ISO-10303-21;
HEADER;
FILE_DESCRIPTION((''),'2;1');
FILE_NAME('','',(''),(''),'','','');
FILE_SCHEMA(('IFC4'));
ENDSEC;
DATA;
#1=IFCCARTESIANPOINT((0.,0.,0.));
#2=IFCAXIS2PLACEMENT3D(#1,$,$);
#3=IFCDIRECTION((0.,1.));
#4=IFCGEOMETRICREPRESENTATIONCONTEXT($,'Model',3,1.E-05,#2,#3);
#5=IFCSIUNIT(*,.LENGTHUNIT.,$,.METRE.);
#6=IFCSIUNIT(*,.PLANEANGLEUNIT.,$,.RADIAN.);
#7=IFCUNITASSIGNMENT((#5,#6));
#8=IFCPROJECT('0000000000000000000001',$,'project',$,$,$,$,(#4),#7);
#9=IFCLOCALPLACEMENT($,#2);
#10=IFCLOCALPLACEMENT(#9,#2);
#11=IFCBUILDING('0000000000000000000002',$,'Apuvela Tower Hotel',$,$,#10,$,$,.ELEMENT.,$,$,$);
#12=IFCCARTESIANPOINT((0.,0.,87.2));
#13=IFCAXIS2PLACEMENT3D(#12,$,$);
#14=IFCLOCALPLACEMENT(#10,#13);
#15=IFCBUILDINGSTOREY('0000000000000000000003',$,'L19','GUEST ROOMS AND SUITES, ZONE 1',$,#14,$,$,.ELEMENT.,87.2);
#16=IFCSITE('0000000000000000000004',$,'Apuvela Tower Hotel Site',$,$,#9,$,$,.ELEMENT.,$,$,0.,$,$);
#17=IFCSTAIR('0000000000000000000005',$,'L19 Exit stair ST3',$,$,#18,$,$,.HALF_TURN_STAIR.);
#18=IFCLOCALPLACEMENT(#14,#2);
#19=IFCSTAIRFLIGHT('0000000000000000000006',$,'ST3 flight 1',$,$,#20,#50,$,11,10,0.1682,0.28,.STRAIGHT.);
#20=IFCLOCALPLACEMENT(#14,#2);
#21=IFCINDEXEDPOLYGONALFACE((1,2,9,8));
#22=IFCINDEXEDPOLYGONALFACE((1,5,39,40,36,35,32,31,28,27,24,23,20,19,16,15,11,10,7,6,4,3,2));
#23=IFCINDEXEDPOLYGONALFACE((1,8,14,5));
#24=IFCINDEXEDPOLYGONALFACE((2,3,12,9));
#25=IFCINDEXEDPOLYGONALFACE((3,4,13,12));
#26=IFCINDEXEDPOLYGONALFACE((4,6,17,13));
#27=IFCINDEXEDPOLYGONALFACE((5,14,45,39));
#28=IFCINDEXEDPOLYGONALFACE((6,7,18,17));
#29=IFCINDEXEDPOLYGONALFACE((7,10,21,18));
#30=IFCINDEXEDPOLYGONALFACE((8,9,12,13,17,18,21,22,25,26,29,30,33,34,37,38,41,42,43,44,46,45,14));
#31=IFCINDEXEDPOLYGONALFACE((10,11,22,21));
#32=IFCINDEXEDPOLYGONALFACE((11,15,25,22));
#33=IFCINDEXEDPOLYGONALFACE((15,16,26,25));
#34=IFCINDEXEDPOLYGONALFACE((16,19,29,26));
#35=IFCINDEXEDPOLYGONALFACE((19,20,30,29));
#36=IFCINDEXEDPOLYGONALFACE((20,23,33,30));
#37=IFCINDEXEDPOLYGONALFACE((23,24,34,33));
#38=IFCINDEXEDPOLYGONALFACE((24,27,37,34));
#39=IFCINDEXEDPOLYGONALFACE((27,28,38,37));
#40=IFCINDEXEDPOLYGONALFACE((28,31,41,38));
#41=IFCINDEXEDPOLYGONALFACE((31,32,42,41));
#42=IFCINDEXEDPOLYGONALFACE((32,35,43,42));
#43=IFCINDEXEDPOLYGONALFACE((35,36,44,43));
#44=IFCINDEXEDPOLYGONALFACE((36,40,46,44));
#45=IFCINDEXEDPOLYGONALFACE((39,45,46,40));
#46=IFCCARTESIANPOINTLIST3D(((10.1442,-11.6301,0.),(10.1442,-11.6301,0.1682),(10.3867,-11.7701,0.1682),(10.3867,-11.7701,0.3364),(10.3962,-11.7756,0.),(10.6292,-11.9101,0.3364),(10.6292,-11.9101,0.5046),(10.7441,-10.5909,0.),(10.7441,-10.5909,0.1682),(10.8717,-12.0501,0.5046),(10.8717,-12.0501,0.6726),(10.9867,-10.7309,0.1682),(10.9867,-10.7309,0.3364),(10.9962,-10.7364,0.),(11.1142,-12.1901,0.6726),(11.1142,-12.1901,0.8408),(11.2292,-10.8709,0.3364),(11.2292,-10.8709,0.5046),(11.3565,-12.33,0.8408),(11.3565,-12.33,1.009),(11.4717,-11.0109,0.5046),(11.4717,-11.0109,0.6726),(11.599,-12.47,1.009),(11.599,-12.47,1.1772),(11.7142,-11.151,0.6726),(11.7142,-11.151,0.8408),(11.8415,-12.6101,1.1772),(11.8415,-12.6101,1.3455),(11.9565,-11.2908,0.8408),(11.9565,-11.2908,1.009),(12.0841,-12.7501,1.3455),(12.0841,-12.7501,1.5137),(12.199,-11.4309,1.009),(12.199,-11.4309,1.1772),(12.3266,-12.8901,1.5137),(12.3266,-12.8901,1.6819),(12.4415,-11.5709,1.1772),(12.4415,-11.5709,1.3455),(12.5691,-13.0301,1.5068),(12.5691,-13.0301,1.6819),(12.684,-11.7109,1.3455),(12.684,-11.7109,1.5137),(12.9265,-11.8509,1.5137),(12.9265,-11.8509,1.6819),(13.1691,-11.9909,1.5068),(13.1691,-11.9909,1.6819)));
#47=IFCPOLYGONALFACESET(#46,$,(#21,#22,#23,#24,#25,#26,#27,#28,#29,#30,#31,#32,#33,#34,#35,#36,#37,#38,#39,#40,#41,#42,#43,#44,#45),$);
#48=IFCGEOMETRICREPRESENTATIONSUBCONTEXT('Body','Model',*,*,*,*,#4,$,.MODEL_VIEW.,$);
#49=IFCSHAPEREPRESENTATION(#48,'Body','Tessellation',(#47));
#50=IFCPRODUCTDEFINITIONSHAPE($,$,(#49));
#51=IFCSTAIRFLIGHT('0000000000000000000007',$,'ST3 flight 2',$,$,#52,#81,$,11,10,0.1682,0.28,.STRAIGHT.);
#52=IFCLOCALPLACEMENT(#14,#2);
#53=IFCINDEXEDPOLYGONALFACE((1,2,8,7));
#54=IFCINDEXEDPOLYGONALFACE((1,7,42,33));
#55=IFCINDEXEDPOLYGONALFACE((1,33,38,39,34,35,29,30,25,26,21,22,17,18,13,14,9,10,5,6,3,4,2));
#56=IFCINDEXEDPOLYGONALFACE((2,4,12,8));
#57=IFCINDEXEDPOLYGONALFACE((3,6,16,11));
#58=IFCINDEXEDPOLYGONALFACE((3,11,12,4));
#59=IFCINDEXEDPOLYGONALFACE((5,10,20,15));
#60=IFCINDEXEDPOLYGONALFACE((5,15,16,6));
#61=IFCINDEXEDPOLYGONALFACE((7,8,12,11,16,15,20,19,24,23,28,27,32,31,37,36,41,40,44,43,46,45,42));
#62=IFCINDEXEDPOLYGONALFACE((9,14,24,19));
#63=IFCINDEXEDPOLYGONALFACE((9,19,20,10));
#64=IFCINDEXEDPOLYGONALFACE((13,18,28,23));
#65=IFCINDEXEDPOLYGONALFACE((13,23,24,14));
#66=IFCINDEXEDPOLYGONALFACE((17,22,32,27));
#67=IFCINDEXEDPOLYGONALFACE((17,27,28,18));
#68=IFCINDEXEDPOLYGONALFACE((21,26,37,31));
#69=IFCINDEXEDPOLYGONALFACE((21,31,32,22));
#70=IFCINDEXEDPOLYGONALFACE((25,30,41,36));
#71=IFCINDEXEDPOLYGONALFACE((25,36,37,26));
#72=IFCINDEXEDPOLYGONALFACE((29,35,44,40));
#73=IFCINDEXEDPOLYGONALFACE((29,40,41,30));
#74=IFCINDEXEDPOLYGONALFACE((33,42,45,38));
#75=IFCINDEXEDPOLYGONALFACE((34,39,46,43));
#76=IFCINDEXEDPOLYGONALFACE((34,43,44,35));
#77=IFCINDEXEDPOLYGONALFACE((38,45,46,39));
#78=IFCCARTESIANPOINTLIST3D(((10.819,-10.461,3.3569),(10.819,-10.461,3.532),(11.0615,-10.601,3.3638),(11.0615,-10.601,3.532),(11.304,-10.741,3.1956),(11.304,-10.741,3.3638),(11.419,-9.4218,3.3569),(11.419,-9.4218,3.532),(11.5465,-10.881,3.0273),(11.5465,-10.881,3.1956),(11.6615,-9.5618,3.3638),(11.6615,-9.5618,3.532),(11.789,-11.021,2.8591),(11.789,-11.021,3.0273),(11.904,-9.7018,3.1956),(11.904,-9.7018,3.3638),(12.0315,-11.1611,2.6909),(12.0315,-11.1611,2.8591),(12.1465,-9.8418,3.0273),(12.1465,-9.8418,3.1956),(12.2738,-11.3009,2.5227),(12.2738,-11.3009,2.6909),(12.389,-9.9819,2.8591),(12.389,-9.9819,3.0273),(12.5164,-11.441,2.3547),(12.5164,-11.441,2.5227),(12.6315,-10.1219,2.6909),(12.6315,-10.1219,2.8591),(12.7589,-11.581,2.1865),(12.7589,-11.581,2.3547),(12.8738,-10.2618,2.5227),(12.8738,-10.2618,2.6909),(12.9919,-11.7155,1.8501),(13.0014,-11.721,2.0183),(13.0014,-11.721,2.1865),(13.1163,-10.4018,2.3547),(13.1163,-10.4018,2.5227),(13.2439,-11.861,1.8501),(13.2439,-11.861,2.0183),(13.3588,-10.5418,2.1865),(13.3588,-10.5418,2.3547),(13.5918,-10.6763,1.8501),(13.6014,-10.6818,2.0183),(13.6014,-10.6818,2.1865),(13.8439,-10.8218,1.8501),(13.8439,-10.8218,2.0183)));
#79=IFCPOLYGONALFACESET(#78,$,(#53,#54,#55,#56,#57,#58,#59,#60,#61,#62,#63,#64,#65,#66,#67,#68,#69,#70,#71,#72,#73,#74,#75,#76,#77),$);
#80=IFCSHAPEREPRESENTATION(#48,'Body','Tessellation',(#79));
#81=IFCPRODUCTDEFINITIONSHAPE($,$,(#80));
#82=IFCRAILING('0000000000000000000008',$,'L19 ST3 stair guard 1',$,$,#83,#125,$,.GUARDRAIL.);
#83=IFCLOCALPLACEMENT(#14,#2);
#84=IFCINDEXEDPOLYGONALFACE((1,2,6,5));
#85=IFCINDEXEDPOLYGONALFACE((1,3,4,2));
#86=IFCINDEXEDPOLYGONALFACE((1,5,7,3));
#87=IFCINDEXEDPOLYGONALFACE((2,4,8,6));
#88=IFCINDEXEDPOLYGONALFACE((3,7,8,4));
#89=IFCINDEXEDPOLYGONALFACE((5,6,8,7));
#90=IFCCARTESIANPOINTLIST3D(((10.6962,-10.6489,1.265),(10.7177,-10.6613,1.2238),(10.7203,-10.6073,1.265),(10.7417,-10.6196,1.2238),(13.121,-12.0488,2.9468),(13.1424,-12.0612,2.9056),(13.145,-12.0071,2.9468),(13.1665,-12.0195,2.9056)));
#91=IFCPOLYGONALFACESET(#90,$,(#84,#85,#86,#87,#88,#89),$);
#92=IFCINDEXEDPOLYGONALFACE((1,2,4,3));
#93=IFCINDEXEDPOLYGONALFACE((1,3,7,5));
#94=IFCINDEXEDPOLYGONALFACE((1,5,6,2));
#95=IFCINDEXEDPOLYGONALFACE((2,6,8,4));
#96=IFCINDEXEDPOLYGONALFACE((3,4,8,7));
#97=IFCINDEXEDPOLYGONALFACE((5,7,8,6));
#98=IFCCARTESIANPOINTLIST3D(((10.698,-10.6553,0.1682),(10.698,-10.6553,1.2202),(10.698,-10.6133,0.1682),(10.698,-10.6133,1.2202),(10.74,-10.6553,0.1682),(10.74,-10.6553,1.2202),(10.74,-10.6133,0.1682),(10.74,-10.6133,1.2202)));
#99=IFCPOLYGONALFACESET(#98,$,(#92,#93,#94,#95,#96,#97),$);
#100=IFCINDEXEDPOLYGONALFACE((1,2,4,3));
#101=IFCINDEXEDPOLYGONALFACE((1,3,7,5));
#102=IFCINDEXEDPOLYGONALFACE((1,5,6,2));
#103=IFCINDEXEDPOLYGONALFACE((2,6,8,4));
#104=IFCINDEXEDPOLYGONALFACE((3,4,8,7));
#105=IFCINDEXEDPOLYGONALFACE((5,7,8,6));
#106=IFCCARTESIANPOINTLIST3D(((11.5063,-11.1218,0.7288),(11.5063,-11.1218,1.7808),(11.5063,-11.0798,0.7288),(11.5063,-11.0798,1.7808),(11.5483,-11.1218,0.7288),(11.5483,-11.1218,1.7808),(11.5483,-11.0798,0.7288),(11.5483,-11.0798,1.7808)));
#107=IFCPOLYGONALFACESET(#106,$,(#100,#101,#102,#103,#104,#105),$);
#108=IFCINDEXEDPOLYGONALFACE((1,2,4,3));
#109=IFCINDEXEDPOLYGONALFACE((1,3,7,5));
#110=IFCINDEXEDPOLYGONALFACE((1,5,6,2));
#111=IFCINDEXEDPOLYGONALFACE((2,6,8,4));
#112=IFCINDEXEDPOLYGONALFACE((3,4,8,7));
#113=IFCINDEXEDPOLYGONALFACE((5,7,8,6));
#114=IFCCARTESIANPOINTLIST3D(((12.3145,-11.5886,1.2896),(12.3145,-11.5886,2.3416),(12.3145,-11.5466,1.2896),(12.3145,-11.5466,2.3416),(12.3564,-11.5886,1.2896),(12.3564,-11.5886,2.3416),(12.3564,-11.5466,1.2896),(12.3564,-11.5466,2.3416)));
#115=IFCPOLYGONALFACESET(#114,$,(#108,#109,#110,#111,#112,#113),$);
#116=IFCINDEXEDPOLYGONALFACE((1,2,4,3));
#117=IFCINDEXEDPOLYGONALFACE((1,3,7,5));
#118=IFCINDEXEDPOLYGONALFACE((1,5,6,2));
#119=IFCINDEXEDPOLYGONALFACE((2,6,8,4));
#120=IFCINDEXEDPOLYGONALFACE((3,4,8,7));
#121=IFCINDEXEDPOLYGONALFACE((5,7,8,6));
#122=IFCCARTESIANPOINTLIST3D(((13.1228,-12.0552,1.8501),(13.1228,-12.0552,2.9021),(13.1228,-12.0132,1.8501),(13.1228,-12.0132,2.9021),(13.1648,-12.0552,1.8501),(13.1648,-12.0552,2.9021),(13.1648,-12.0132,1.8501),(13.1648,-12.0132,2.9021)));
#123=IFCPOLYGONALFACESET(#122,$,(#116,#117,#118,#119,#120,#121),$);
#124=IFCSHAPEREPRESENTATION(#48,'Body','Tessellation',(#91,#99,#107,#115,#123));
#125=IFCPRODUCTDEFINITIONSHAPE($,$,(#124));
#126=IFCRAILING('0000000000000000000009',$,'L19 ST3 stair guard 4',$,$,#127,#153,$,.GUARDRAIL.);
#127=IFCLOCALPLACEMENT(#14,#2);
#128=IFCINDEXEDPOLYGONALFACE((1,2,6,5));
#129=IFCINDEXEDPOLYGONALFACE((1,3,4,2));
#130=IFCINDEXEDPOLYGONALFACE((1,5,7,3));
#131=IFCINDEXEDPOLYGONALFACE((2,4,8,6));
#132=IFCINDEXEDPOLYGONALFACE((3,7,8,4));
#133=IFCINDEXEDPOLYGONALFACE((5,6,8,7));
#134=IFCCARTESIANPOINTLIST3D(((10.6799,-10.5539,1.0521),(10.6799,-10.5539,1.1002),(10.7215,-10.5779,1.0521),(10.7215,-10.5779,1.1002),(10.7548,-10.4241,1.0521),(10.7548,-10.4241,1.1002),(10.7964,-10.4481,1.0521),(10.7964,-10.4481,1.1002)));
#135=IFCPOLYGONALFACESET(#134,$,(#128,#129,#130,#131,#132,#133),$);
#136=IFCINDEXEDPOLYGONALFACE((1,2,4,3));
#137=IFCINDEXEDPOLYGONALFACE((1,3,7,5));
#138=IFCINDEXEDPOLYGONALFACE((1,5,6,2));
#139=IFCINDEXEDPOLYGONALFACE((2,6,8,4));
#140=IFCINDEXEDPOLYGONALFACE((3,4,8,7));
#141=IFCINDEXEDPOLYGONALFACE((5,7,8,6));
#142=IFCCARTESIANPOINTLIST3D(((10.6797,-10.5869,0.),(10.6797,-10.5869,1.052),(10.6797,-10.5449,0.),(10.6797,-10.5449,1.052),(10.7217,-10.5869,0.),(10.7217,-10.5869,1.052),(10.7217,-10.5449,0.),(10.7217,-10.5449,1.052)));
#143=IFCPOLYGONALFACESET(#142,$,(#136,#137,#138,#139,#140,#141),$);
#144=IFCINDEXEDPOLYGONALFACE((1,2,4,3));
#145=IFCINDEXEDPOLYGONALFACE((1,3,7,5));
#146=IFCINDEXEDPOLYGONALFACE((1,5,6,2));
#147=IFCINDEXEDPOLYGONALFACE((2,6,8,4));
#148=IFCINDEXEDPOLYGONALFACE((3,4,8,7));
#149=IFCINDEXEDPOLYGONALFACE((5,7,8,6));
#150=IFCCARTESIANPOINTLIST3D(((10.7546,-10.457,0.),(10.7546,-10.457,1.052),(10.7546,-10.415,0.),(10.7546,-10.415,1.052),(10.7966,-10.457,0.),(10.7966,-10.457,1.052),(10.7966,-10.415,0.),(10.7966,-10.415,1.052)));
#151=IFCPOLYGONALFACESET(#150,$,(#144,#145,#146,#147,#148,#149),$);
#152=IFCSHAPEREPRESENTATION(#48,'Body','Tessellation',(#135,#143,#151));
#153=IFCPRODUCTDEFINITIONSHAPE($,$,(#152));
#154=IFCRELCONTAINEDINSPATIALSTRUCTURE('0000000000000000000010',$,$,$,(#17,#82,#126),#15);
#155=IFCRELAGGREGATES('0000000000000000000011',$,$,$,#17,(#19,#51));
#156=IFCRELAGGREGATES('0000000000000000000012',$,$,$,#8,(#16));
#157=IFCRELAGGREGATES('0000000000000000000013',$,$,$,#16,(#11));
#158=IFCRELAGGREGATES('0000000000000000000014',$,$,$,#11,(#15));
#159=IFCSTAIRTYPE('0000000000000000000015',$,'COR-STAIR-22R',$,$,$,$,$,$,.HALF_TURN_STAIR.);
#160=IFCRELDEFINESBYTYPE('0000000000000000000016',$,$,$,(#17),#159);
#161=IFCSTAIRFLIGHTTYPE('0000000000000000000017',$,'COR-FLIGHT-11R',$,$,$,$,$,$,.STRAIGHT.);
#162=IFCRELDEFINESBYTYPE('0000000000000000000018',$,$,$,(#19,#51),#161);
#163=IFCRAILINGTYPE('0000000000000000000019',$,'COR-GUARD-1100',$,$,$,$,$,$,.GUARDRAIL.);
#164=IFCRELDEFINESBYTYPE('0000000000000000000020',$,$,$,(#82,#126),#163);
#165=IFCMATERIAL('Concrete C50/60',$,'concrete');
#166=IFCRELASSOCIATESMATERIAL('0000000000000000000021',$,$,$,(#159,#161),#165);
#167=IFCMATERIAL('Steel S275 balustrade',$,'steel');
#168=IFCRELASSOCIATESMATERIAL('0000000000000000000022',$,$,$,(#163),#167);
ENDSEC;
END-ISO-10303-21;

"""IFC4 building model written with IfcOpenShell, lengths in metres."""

from ifc_helpers import new_model, si_unit, direction, frame, origin, origin_2d, place, context, subcontext, project, spatial, polyline, rectangle, outline, extrude, material, type_object, element, aggregate, save


model = new_model("IFC4")

# Units and contexts
model_context = context("Model", 3, precision=1e-05, world=origin(), true_north=direction((0.0, 1.0)))
body_context = subcontext(model_context, "Body", "Model", "MODEL_VIEW")
ifc_project = project(units=[si_unit("LENGTHUNIT", "METRE"), si_unit("PLANEANGLEUNIT", "RADIAN")], contexts=[model_context])

# Site, building, storey
site_placement = place(None, origin())
site = spatial("IfcSite", under=ifc_project, at=site_placement, Name="Apuvela Tower Hotel Site", CompositionType="ELEMENT", RefElevation=0.0)
building_placement = place(site_placement, origin())
building = spatial("IfcBuilding", under=site, at=building_placement, Name="Apuvela Tower Hotel", CompositionType="ELEMENT")
storey_placement = place(building_placement, frame((0.0, 0.0, 87.2)))
storey = spatial("IfcBuildingStorey", under=building, at=storey_placement, Name="L19", Description="GUEST ROOMS AND SUITES, ZONE 1", CompositionType="ELEMENT", Elevation=87.2)

# Shared definitions
ifc_material_1 = material(Name="Concrete C50/60", Category="concrete")

# Stair, stair flights
stair_type = type_object("IfcStairType", Name="COR-STAIR-22R", PredefinedType="HALF_TURN_STAIR", material=ifc_material_1)
stair_placement = place(storey_placement, origin())
stair = element("IfcStair", 1, at=stair_placement, inside=storey, type_object=stair_type, Name="L19 Exit stair ST3", PredefinedType="HALF_TURN_STAIR")
stair_flight_type = type_object("IfcStairFlightType", Name="COR-FLIGHT-11R", PredefinedType="STRAIGHT", material=ifc_material_1)
stair_flight_1_placement = place(storey_placement, frame((10.4441, -11.1106, 0.0), z_axis=(0.0, 0.0, 1.0), x_axis=(0.866025, -0.5, 0.0)))
stair_flight_1 = element("IfcStairFlight", 2, at=stair_flight_1_placement, type_object=stair_flight_type, Name="ST3 flight 1", NumberOfRisers=11, NumberOfTreads=10, PredefinedType="STRAIGHT", RiserHeight=0.1682, TreadLength=0.28, context=body_context, shape_type="SweptSolid", body=[
    extrude(outline(polyline([(0.0, 0.0), (0.0, 0.1682), (0.28, 0.1682), (0.28, 0.3364), (0.5601, 0.3364), (0.5601, 0.5046), (0.8401, 0.5046), (0.8401, 0.6726), (1.1201, 0.6726), (1.1201, 0.8408), (1.3999, 0.8408), (1.3999, 1.009), (1.6799, 1.009), (1.6799, 1.1772), (1.96, 1.1772), (1.96, 1.3455), (2.24, 1.3455), (2.24, 1.5137), (2.52, 1.5137), (2.52, 1.6819), (2.8, 1.6819), (2.8, 1.8501), (2.8, 1.5068), (0.291, 0.0), (0.0, 0.0)])), frame((0.0, 0.6001, 0.0), z_axis=(0.0, -1.0, 0.0), x_axis=(1.0, 0.0, 0.0)), (0.0, 0.0, 1.0), 1.2),
])
stair_flight_2_placement = place(storey_placement, frame((13.5439, -11.3413, 1.8501), z_axis=(0.0, 0.0, 1.0), x_axis=(-0.866025, 0.5, 0.0)))
stair_flight_2 = element("IfcStairFlight", 3, at=stair_flight_2_placement, type_object=stair_flight_type, Name="ST3 flight 2", NumberOfRisers=11, NumberOfTreads=10, PredefinedType="STRAIGHT", RiserHeight=0.1682, TreadLength=0.28, context=body_context, shape_type="SweptSolid", body=[
    extrude(outline(polyline([(0.0, 0.0), (0.0, 0.1682), (0.28, 0.1682), (0.28, 0.3364), (0.5601, 0.3364), (0.5601, 0.5046), (0.8401, 0.5046), (0.8401, 0.6726), (1.1201, 0.6726), (1.1201, 0.8408), (1.3999, 0.8408), (1.3999, 1.009), (1.6799, 1.009), (1.6799, 1.1772), (1.96, 1.1772), (1.96, 1.3455), (2.24, 1.3455), (2.24, 1.5137), (2.52, 1.5137), (2.52, 1.6819), (2.8, 1.6819), (2.8, 1.8501), (2.8, 1.5068), (0.291, 0.0), (0.0, 0.0)])), frame((0.0, 0.6001, 0.0), z_axis=(0.0, -1.0, 0.0), x_axis=(1.0, 0.0, 0.0)), (0.0, 0.0, 1.0), 1.2),
])
aggregate(stair, [stair_flight_1, stair_flight_2])

# Railings
ifc_material_2 = material(Name="Steel S275 balustrade", Category="steel")
railing_type_1 = type_object("IfcRailingType", Name="COR-GUARD-1100", PredefinedType="GUARDRAIL", material=ifc_material_2)
railing_1_placement = place(storey_placement, frame((10.719, -10.6343, 0.1682)))
element("IfcRailing", 4, at=railing_1_placement, inside=storey, type_object=railing_type_1, Name="L19 ST3 stair guard 1", PredefinedType="GUARDRAIL", context=body_context, shape_type="SweptSolid", body=[
    extrude(rectangle(XDim=0.0481, YDim=0.0481, at=origin_2d()), frame((0.0, 0.0, 1.0762), z_axis=(0.74239, -0.428601, 0.514934), x_axis=(0.499984, 0.866035, 0.0)), (0.0, 0.0, 1.0), 3.2661),
    extrude(rectangle(XDim=0.042, YDim=0.042, at=origin_2d()), origin(), (0.0, 0.0, 1.0), 1.052),
    extrude(rectangle(XDim=0.042, YDim=0.042, at=origin_2d()), frame((0.8083, -0.4666, 0.5605)), (0.0, 0.0, 1.0), 1.052),
    extrude(rectangle(XDim=0.042, YDim=0.042, at=origin_2d()), frame((1.6165, -0.9333, 1.1213)), (0.0, 0.0, 1.0), 1.052),
    extrude(rectangle(XDim=0.042, YDim=0.042, at=origin_2d()), frame((2.4248, -1.3999, 1.6819)), (0.0, 0.0, 1.0), 1.052),
])
railing_2_placement = place(storey_placement, frame((10.7007, -10.5659, 0.0)))
element("IfcRailing", 5, at=railing_2_placement, inside=storey, type_object=railing_type_1, Name="L19 ST3 stair guard 4", PredefinedType="GUARDRAIL", context=body_context, shape_type="SweptSolid", body=[
    extrude(rectangle(XDim=0.0481, YDim=0.0481, at=origin_2d()), frame((0.0, 0.0, 1.0762), z_axis=(0.499816, 0.866131, 0.0), x_axis=(-0.866131, 0.499816, 0.0)), (0.0, 0.0, 1.0), 0.1499),
    extrude(rectangle(XDim=0.042, YDim=0.042, at=origin_2d()), origin(), (0.0, 0.0, 1.0), 1.052),
    extrude(rectangle(XDim=0.042, YDim=0.042, at=origin_2d()), frame((0.075, 0.1299, 0.0)), (0.0, 0.0, 1.0), 1.052),
])

save(model, "model.ifc")
